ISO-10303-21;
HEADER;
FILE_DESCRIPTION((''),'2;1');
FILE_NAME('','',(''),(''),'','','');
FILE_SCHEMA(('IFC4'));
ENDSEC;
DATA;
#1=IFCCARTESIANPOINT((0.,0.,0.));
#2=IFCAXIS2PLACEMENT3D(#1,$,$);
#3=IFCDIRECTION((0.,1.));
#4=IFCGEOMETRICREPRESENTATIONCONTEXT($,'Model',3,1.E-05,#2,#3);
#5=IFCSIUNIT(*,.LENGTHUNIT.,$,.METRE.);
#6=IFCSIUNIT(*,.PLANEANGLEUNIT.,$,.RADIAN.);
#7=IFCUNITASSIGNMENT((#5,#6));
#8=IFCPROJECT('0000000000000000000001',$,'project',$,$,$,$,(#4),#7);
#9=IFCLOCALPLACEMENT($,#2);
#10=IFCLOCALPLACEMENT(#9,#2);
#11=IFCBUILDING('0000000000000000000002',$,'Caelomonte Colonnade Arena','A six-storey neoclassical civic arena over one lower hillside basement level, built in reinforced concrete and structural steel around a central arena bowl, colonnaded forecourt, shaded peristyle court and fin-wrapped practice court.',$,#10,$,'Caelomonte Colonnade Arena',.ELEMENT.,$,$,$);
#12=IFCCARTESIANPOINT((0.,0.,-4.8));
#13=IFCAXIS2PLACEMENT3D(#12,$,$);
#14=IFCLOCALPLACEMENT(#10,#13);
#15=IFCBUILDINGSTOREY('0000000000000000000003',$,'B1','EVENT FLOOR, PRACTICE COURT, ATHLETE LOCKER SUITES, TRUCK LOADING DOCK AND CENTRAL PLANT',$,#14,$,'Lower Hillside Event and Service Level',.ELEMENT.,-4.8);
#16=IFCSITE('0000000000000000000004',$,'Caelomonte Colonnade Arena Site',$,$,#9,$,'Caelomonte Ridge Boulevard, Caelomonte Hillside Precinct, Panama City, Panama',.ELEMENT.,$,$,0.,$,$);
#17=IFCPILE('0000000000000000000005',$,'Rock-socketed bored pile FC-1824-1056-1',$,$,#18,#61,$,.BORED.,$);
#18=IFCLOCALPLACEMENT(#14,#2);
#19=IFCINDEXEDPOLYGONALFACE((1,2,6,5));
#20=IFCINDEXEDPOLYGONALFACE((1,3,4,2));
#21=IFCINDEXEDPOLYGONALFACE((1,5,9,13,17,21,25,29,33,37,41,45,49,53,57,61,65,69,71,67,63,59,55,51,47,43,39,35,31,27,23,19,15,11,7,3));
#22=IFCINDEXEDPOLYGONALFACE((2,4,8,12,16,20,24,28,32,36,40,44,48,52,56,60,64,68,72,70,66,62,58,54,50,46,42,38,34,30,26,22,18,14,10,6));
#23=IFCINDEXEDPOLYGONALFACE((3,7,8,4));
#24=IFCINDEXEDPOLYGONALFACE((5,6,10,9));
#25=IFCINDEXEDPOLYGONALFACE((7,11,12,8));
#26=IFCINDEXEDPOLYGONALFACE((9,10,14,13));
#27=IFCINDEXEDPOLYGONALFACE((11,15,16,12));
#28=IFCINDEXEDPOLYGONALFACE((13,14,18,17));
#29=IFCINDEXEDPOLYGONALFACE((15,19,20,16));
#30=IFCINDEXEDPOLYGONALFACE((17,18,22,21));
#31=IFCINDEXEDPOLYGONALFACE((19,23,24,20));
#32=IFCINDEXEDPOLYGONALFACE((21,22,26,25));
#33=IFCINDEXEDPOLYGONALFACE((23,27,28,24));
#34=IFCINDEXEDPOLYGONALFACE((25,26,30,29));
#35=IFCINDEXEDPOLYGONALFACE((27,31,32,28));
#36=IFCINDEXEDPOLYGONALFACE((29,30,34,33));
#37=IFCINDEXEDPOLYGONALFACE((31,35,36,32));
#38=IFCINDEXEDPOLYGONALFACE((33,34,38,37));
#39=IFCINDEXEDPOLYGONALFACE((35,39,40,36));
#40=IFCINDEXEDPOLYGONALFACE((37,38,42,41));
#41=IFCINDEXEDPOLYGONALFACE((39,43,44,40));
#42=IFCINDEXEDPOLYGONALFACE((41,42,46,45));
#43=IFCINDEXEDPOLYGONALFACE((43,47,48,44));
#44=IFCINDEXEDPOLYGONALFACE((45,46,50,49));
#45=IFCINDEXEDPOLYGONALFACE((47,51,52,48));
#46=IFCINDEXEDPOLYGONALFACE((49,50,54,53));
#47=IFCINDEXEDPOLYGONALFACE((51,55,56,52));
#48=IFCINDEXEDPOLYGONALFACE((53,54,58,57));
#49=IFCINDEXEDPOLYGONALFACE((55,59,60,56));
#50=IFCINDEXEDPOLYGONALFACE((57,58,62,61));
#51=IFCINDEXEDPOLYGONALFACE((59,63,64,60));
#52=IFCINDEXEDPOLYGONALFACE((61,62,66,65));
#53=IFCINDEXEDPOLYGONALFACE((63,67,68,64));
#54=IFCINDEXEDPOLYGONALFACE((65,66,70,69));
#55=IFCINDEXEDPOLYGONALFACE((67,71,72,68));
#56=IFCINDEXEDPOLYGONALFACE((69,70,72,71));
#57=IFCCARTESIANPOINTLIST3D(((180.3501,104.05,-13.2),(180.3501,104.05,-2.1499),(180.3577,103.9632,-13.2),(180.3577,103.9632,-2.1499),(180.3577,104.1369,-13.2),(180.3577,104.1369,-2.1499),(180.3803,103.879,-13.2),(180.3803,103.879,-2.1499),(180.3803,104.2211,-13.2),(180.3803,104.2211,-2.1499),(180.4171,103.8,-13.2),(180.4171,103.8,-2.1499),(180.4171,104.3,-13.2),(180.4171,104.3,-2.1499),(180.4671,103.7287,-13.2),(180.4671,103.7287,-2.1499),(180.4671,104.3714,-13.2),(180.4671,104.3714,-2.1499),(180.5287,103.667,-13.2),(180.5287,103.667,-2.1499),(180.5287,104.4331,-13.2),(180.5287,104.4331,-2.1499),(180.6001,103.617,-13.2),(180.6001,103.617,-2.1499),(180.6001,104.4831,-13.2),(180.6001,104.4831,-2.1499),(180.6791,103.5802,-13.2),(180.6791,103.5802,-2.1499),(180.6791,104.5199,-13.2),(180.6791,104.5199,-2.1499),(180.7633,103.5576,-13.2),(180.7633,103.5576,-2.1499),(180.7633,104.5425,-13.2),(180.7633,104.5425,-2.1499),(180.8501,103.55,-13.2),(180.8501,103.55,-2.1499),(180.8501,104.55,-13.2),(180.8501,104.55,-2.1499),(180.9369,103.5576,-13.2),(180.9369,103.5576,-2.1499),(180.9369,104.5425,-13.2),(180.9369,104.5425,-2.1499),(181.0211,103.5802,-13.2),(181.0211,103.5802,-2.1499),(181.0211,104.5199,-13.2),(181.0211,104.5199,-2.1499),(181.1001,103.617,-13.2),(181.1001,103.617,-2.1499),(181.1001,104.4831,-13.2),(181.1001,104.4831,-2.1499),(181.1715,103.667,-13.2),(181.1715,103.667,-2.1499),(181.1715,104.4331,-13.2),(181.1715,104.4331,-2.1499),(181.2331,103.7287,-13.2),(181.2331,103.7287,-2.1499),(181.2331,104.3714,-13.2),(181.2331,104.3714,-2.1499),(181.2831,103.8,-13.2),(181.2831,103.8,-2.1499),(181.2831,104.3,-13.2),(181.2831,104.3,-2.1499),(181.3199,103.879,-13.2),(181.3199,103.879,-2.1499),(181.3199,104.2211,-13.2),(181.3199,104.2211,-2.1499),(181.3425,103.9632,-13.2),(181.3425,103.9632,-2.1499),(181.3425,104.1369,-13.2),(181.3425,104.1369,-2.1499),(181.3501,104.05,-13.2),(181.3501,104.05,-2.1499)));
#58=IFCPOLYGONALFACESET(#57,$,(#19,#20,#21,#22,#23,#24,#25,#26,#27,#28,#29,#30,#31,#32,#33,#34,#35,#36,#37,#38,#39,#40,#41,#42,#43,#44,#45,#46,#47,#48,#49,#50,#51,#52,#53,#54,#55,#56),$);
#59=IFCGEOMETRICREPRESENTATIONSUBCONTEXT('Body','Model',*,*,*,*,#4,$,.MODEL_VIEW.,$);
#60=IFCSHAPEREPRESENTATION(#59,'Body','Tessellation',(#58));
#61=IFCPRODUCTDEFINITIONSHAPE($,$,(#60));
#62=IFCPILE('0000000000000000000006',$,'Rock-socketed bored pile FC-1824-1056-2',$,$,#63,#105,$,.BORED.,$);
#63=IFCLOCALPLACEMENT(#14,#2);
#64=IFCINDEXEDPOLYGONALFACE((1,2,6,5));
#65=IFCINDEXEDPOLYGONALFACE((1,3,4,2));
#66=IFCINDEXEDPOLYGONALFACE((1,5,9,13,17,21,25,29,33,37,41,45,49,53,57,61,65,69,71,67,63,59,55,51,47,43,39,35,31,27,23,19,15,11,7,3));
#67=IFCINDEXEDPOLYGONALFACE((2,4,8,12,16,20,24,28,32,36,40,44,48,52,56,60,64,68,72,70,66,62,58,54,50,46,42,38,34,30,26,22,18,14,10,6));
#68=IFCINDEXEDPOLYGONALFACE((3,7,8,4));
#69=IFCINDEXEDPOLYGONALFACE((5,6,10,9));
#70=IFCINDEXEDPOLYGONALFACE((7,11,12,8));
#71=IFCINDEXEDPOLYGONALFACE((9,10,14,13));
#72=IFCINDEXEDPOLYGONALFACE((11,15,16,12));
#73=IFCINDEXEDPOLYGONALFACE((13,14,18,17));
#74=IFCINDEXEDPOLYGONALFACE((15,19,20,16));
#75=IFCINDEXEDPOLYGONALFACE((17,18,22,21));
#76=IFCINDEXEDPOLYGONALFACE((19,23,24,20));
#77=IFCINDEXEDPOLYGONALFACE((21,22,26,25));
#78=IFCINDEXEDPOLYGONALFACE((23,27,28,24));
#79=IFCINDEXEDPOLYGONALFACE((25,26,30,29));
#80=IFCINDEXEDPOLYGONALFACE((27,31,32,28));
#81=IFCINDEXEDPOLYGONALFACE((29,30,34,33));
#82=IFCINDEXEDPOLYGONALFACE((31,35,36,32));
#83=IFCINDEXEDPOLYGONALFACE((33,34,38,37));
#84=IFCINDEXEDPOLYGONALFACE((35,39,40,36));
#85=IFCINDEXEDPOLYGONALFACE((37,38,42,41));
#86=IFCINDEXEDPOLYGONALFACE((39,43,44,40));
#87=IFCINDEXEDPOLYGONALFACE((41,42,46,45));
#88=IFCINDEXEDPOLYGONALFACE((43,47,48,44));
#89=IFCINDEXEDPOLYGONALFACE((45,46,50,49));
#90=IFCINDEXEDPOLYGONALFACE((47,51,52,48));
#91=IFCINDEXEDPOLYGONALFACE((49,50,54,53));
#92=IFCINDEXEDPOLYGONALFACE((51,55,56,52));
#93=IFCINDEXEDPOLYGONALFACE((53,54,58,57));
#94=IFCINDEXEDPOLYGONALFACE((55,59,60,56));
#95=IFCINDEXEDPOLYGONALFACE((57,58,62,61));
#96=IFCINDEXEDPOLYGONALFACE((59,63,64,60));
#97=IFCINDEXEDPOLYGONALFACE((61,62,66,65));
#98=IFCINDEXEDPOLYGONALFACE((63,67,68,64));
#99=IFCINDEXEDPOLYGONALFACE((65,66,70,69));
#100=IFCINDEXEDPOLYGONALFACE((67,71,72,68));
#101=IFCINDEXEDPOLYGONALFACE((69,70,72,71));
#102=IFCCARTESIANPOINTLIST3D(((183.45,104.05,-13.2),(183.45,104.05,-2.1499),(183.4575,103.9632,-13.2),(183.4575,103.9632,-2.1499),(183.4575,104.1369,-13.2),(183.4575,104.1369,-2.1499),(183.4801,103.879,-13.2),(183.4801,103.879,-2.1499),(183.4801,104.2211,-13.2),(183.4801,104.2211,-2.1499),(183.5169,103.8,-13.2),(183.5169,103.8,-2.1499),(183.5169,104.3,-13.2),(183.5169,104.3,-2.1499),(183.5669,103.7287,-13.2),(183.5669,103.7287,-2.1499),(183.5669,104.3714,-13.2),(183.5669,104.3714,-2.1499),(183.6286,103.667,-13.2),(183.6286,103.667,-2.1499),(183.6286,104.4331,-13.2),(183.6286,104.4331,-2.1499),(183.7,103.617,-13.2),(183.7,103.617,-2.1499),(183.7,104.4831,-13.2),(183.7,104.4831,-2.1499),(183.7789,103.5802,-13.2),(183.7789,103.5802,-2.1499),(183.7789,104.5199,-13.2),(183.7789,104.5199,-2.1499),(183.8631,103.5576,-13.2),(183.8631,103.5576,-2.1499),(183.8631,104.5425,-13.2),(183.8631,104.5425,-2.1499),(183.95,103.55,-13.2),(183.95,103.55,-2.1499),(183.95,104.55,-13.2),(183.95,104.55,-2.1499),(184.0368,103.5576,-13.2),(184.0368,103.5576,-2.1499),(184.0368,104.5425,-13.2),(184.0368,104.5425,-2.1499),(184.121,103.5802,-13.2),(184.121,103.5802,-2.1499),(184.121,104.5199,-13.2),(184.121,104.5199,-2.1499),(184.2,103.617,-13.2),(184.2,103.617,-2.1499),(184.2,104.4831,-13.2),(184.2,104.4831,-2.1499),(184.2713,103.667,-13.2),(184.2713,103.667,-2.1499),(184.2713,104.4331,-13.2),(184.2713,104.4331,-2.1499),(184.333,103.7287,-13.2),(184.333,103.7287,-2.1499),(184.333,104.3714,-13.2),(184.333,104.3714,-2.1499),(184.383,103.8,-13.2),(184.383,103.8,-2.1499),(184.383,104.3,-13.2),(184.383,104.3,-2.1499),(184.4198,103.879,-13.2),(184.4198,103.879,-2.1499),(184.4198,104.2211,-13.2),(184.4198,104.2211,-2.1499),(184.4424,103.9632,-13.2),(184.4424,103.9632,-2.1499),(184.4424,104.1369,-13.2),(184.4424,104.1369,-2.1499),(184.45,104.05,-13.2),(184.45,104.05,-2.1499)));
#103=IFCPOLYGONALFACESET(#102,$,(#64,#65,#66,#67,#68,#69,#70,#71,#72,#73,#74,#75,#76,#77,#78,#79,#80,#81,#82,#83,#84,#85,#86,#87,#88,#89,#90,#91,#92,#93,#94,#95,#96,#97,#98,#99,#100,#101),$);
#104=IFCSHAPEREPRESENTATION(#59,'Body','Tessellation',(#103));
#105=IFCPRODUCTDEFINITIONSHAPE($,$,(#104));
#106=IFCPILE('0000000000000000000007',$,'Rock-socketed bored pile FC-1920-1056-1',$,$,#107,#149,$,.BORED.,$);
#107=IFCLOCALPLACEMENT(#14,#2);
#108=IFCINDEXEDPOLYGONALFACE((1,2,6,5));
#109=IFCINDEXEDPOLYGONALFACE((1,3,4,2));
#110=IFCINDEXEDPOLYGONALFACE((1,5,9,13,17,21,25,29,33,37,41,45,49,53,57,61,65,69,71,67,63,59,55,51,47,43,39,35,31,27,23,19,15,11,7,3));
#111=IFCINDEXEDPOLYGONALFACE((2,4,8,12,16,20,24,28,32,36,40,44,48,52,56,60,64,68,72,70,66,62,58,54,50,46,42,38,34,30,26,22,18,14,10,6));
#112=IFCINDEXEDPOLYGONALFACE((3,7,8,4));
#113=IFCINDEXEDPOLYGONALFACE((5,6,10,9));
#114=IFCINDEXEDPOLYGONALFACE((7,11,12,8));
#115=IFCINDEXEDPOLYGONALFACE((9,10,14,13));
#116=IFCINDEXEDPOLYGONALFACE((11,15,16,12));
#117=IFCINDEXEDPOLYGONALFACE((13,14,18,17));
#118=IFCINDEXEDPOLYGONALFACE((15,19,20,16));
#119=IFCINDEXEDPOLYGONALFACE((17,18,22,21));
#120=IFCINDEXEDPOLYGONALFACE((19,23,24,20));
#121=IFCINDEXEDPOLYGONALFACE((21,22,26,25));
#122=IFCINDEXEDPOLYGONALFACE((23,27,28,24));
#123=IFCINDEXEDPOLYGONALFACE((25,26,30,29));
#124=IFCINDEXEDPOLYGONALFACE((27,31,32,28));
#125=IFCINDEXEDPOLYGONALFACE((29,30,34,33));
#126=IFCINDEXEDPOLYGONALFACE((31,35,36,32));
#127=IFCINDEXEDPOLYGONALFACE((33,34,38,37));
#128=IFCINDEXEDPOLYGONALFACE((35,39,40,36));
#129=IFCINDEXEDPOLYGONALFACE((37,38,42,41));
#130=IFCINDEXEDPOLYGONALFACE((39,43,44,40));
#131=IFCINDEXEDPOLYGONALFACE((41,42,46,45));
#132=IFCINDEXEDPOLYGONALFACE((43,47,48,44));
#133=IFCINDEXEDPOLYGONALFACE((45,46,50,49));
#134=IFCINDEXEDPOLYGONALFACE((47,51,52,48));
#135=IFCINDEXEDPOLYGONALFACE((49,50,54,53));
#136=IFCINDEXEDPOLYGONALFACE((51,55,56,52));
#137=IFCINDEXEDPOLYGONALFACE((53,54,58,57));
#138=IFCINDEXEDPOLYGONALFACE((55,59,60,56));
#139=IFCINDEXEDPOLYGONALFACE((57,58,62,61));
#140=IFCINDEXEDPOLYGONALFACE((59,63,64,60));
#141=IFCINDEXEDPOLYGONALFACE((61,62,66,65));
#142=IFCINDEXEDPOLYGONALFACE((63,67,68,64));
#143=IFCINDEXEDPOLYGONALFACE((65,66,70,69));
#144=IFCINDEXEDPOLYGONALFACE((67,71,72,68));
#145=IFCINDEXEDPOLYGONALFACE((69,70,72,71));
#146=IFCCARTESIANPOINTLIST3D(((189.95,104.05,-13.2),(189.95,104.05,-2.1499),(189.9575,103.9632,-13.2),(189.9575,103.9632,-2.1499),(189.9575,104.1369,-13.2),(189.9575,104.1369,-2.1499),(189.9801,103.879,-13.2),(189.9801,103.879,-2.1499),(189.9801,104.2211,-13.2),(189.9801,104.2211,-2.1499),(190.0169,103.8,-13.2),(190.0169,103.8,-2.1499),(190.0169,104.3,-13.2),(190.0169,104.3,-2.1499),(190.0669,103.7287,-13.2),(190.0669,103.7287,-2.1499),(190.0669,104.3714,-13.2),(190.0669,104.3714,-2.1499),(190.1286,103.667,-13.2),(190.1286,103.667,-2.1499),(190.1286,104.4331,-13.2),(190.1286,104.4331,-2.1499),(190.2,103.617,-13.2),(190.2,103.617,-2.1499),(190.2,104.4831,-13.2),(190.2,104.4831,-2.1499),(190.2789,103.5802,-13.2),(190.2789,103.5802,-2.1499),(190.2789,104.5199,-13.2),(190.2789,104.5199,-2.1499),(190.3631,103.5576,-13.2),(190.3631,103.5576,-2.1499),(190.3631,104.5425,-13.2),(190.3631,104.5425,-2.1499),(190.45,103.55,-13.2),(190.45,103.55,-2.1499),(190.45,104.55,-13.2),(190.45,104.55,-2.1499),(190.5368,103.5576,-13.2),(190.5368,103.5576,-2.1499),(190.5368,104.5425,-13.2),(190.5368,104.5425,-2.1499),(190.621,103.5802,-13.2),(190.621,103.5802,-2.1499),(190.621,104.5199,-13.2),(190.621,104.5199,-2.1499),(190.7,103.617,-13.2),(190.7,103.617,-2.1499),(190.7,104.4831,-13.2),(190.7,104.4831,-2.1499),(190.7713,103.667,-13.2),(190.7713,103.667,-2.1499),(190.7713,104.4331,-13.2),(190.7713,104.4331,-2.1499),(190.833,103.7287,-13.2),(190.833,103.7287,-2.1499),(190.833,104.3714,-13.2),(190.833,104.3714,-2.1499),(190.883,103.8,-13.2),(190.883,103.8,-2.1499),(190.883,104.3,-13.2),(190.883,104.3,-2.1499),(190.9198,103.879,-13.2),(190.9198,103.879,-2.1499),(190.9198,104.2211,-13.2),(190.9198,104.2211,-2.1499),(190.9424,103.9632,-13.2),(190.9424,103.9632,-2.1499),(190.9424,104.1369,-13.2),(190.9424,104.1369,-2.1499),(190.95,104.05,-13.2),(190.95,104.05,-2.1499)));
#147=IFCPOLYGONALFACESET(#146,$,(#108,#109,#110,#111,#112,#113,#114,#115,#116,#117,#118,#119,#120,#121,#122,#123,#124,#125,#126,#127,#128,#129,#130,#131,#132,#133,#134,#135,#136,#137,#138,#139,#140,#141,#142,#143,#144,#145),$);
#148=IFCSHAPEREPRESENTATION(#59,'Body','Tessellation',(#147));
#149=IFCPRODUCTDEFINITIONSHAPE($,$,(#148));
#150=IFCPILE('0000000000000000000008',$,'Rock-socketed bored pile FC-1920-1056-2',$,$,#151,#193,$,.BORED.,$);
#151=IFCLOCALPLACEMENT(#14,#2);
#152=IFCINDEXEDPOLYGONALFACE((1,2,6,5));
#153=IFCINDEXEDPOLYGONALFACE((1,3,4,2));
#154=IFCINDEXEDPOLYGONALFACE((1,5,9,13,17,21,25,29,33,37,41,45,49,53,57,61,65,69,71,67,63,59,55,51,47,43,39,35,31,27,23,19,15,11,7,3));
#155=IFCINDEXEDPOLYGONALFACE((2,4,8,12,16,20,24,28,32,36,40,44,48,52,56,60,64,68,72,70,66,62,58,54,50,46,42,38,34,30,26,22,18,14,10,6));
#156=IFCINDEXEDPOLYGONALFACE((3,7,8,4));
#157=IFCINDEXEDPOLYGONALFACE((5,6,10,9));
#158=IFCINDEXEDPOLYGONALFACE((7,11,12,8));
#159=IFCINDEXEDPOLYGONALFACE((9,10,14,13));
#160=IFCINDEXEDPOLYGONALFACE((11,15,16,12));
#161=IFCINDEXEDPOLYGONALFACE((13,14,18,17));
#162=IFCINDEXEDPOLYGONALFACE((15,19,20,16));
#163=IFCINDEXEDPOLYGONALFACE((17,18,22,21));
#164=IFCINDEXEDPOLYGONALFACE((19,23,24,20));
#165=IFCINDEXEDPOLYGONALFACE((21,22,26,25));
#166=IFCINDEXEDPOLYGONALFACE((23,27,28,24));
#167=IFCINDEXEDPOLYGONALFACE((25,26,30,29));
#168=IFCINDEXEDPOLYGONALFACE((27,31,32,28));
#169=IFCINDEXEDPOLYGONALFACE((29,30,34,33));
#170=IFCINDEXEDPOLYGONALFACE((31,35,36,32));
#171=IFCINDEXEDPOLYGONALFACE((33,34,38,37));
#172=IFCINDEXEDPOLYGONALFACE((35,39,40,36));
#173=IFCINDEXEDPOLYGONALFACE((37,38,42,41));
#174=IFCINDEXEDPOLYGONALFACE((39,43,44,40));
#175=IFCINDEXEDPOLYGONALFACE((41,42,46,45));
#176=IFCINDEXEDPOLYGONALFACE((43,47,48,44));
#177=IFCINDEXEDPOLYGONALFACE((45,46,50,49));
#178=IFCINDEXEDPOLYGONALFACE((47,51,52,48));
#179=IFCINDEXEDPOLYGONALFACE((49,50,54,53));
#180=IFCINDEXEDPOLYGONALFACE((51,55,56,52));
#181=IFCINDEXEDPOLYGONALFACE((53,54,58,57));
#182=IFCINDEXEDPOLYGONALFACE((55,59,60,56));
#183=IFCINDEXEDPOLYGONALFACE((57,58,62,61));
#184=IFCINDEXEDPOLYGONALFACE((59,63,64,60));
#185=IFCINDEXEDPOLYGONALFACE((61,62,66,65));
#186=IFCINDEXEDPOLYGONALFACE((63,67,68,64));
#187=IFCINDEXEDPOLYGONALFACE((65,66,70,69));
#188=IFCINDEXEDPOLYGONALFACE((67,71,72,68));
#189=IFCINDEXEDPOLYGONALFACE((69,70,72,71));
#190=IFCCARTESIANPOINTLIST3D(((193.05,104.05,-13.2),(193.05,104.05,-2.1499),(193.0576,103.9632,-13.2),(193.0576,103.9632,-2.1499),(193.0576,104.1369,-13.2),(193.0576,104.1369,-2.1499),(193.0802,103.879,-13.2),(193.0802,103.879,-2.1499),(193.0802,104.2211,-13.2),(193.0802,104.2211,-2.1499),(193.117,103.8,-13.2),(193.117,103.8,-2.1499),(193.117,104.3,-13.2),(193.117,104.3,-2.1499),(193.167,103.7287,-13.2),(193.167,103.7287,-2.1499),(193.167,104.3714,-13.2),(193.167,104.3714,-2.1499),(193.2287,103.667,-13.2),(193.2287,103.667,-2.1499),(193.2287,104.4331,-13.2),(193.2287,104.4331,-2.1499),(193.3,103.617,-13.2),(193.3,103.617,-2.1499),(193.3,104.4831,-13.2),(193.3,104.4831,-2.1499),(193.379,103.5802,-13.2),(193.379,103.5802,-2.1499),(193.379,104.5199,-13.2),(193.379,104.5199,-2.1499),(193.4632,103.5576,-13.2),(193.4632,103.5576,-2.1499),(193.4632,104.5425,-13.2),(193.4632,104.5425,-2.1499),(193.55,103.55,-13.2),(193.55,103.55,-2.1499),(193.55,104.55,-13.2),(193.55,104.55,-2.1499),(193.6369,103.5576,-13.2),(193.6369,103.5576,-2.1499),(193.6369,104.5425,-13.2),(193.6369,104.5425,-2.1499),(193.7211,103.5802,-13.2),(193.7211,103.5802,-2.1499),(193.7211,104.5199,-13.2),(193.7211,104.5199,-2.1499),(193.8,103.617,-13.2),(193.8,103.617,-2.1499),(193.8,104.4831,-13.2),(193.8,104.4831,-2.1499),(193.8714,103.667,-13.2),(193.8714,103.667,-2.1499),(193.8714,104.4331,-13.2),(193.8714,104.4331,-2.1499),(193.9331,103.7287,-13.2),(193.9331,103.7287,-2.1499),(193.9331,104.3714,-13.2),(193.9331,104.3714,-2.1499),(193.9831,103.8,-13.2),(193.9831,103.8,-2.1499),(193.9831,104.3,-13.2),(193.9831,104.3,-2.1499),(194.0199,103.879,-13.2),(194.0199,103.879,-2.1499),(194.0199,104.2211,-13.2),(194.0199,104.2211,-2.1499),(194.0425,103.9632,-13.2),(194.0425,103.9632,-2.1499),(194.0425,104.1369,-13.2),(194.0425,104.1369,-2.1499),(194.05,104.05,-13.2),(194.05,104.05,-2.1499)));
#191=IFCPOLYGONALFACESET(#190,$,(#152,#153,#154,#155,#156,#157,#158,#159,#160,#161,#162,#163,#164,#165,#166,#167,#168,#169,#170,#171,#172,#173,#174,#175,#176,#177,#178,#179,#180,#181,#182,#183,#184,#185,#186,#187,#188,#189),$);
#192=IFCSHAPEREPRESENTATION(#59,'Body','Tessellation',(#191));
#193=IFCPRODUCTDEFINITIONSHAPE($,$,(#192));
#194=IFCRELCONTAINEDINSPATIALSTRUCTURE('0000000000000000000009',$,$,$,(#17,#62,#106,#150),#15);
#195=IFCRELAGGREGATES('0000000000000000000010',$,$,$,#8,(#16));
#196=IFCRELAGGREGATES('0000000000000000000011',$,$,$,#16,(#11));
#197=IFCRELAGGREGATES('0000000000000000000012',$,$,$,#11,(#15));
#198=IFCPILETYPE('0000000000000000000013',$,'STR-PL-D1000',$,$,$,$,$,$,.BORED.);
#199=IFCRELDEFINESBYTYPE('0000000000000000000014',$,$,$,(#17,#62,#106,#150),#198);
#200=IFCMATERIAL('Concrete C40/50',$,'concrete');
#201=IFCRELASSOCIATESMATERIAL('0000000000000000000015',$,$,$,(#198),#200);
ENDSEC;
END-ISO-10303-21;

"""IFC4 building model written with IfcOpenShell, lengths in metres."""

from ifc_helpers import new_model, si_unit, direction, frame, origin, origin_2d, place, context, subcontext, project, spatial, circle, extrude, material, material_profile, profile_set, type_object, element, save


model = new_model("IFC4")

# Units and contexts
model_context = context("Model", 3, precision=1e-05, world=origin(), true_north=direction((0.0, 1.0)))
body_context = subcontext(model_context, "Body", "Model", "MODEL_VIEW")
ifc_project = project(units=[si_unit("LENGTHUNIT", "METRE"), si_unit("PLANEANGLEUNIT", "RADIAN")], contexts=[model_context])

# Site, building, storey
site_placement = place(None, origin())
site = spatial("IfcSite", under=ifc_project, at=site_placement, Name="Caelomonte Colonnade Arena Site", LongName="Caelomonte Ridge Boulevard, Caelomonte Hillside Precinct, Panama City, Panama", CompositionType="ELEMENT", RefElevation=0.0)
building_placement = place(site_placement, origin())
building = spatial("IfcBuilding", under=site, at=building_placement, Name="Caelomonte Colonnade Arena", Description="A six-storey neoclassical civic arena over one lower hillside basement level, built in reinforced concrete and structural steel around a central arena bowl, colonnaded forecourt, shaded peristyle court and fin-wrapped practice court.", LongName="Caelomonte Colonnade Arena", CompositionType="ELEMENT")
storey_placement = place(building_placement, frame((0.0, 0.0, -4.8)))
storey = spatial("IfcBuildingStorey", under=building, at=storey_placement, Name="B1", Description="EVENT FLOOR, PRACTICE COURT, ATHLETE LOCKER SUITES, TRUCK LOADING DOCK AND CENTRAL PLANT", LongName="Lower Hillside Event and Service Level", CompositionType="ELEMENT", Elevation=-4.8)

# Shared definitions
ifc_material_1 = material(Name="Concrete C40/50", Category="concrete")

# Piles
ifc_material_profile_1 = material_profile(ifc_material_1, circle(Radius=0.5, at=origin_2d()), Name="PILE-D1000")
ifc_profile_set_1 = profile_set([ifc_material_profile_1], Name="Concrete C40/50")
pile_type_1 = type_object("IfcPileType", Name="STR-PL-D1000", PredefinedType="BORED", material=ifc_profile_set_1)
for number, where, z_axis, x_axis, name in (
    (1, (180.8501, 104.05, -2.1499), (0.0, 0.0, -1.0), (1.0, 0.0, 0.0), "Rock-socketed bored pile FC-1824-1056-1"),
    (2, (183.95, 104.05, -2.1499), (0.0, 0.0, -1.0), (1.0, 0.0, 0.0), "Rock-socketed bored pile FC-1824-1056-2"),
    (3, (190.45, 104.05, -2.1499), (0.0, 0.0, -1.0), (1.0, 0.0, 0.0), "Rock-socketed bored pile FC-1920-1056-1"),
    (4, (193.55, 104.05, -2.1499), (0.0, 0.0, -1.0), (1.0, 0.0, 0.0), "Rock-socketed bored pile FC-1920-1056-2"),
):
    element("IfcPile", number, at=place(storey_placement, frame(where, z_axis=z_axis, x_axis=x_axis)), inside=storey, type_object=pile_type_1, Name=name, PredefinedType="BORED", context=body_context, shape_type="SweptSolid", body=[
        extrude(circle(Radius=0.5, at=origin_2d()), origin(), (0.0, 0.0, 1.0), 11.05),
    ])

save(model, "model.ifc")
